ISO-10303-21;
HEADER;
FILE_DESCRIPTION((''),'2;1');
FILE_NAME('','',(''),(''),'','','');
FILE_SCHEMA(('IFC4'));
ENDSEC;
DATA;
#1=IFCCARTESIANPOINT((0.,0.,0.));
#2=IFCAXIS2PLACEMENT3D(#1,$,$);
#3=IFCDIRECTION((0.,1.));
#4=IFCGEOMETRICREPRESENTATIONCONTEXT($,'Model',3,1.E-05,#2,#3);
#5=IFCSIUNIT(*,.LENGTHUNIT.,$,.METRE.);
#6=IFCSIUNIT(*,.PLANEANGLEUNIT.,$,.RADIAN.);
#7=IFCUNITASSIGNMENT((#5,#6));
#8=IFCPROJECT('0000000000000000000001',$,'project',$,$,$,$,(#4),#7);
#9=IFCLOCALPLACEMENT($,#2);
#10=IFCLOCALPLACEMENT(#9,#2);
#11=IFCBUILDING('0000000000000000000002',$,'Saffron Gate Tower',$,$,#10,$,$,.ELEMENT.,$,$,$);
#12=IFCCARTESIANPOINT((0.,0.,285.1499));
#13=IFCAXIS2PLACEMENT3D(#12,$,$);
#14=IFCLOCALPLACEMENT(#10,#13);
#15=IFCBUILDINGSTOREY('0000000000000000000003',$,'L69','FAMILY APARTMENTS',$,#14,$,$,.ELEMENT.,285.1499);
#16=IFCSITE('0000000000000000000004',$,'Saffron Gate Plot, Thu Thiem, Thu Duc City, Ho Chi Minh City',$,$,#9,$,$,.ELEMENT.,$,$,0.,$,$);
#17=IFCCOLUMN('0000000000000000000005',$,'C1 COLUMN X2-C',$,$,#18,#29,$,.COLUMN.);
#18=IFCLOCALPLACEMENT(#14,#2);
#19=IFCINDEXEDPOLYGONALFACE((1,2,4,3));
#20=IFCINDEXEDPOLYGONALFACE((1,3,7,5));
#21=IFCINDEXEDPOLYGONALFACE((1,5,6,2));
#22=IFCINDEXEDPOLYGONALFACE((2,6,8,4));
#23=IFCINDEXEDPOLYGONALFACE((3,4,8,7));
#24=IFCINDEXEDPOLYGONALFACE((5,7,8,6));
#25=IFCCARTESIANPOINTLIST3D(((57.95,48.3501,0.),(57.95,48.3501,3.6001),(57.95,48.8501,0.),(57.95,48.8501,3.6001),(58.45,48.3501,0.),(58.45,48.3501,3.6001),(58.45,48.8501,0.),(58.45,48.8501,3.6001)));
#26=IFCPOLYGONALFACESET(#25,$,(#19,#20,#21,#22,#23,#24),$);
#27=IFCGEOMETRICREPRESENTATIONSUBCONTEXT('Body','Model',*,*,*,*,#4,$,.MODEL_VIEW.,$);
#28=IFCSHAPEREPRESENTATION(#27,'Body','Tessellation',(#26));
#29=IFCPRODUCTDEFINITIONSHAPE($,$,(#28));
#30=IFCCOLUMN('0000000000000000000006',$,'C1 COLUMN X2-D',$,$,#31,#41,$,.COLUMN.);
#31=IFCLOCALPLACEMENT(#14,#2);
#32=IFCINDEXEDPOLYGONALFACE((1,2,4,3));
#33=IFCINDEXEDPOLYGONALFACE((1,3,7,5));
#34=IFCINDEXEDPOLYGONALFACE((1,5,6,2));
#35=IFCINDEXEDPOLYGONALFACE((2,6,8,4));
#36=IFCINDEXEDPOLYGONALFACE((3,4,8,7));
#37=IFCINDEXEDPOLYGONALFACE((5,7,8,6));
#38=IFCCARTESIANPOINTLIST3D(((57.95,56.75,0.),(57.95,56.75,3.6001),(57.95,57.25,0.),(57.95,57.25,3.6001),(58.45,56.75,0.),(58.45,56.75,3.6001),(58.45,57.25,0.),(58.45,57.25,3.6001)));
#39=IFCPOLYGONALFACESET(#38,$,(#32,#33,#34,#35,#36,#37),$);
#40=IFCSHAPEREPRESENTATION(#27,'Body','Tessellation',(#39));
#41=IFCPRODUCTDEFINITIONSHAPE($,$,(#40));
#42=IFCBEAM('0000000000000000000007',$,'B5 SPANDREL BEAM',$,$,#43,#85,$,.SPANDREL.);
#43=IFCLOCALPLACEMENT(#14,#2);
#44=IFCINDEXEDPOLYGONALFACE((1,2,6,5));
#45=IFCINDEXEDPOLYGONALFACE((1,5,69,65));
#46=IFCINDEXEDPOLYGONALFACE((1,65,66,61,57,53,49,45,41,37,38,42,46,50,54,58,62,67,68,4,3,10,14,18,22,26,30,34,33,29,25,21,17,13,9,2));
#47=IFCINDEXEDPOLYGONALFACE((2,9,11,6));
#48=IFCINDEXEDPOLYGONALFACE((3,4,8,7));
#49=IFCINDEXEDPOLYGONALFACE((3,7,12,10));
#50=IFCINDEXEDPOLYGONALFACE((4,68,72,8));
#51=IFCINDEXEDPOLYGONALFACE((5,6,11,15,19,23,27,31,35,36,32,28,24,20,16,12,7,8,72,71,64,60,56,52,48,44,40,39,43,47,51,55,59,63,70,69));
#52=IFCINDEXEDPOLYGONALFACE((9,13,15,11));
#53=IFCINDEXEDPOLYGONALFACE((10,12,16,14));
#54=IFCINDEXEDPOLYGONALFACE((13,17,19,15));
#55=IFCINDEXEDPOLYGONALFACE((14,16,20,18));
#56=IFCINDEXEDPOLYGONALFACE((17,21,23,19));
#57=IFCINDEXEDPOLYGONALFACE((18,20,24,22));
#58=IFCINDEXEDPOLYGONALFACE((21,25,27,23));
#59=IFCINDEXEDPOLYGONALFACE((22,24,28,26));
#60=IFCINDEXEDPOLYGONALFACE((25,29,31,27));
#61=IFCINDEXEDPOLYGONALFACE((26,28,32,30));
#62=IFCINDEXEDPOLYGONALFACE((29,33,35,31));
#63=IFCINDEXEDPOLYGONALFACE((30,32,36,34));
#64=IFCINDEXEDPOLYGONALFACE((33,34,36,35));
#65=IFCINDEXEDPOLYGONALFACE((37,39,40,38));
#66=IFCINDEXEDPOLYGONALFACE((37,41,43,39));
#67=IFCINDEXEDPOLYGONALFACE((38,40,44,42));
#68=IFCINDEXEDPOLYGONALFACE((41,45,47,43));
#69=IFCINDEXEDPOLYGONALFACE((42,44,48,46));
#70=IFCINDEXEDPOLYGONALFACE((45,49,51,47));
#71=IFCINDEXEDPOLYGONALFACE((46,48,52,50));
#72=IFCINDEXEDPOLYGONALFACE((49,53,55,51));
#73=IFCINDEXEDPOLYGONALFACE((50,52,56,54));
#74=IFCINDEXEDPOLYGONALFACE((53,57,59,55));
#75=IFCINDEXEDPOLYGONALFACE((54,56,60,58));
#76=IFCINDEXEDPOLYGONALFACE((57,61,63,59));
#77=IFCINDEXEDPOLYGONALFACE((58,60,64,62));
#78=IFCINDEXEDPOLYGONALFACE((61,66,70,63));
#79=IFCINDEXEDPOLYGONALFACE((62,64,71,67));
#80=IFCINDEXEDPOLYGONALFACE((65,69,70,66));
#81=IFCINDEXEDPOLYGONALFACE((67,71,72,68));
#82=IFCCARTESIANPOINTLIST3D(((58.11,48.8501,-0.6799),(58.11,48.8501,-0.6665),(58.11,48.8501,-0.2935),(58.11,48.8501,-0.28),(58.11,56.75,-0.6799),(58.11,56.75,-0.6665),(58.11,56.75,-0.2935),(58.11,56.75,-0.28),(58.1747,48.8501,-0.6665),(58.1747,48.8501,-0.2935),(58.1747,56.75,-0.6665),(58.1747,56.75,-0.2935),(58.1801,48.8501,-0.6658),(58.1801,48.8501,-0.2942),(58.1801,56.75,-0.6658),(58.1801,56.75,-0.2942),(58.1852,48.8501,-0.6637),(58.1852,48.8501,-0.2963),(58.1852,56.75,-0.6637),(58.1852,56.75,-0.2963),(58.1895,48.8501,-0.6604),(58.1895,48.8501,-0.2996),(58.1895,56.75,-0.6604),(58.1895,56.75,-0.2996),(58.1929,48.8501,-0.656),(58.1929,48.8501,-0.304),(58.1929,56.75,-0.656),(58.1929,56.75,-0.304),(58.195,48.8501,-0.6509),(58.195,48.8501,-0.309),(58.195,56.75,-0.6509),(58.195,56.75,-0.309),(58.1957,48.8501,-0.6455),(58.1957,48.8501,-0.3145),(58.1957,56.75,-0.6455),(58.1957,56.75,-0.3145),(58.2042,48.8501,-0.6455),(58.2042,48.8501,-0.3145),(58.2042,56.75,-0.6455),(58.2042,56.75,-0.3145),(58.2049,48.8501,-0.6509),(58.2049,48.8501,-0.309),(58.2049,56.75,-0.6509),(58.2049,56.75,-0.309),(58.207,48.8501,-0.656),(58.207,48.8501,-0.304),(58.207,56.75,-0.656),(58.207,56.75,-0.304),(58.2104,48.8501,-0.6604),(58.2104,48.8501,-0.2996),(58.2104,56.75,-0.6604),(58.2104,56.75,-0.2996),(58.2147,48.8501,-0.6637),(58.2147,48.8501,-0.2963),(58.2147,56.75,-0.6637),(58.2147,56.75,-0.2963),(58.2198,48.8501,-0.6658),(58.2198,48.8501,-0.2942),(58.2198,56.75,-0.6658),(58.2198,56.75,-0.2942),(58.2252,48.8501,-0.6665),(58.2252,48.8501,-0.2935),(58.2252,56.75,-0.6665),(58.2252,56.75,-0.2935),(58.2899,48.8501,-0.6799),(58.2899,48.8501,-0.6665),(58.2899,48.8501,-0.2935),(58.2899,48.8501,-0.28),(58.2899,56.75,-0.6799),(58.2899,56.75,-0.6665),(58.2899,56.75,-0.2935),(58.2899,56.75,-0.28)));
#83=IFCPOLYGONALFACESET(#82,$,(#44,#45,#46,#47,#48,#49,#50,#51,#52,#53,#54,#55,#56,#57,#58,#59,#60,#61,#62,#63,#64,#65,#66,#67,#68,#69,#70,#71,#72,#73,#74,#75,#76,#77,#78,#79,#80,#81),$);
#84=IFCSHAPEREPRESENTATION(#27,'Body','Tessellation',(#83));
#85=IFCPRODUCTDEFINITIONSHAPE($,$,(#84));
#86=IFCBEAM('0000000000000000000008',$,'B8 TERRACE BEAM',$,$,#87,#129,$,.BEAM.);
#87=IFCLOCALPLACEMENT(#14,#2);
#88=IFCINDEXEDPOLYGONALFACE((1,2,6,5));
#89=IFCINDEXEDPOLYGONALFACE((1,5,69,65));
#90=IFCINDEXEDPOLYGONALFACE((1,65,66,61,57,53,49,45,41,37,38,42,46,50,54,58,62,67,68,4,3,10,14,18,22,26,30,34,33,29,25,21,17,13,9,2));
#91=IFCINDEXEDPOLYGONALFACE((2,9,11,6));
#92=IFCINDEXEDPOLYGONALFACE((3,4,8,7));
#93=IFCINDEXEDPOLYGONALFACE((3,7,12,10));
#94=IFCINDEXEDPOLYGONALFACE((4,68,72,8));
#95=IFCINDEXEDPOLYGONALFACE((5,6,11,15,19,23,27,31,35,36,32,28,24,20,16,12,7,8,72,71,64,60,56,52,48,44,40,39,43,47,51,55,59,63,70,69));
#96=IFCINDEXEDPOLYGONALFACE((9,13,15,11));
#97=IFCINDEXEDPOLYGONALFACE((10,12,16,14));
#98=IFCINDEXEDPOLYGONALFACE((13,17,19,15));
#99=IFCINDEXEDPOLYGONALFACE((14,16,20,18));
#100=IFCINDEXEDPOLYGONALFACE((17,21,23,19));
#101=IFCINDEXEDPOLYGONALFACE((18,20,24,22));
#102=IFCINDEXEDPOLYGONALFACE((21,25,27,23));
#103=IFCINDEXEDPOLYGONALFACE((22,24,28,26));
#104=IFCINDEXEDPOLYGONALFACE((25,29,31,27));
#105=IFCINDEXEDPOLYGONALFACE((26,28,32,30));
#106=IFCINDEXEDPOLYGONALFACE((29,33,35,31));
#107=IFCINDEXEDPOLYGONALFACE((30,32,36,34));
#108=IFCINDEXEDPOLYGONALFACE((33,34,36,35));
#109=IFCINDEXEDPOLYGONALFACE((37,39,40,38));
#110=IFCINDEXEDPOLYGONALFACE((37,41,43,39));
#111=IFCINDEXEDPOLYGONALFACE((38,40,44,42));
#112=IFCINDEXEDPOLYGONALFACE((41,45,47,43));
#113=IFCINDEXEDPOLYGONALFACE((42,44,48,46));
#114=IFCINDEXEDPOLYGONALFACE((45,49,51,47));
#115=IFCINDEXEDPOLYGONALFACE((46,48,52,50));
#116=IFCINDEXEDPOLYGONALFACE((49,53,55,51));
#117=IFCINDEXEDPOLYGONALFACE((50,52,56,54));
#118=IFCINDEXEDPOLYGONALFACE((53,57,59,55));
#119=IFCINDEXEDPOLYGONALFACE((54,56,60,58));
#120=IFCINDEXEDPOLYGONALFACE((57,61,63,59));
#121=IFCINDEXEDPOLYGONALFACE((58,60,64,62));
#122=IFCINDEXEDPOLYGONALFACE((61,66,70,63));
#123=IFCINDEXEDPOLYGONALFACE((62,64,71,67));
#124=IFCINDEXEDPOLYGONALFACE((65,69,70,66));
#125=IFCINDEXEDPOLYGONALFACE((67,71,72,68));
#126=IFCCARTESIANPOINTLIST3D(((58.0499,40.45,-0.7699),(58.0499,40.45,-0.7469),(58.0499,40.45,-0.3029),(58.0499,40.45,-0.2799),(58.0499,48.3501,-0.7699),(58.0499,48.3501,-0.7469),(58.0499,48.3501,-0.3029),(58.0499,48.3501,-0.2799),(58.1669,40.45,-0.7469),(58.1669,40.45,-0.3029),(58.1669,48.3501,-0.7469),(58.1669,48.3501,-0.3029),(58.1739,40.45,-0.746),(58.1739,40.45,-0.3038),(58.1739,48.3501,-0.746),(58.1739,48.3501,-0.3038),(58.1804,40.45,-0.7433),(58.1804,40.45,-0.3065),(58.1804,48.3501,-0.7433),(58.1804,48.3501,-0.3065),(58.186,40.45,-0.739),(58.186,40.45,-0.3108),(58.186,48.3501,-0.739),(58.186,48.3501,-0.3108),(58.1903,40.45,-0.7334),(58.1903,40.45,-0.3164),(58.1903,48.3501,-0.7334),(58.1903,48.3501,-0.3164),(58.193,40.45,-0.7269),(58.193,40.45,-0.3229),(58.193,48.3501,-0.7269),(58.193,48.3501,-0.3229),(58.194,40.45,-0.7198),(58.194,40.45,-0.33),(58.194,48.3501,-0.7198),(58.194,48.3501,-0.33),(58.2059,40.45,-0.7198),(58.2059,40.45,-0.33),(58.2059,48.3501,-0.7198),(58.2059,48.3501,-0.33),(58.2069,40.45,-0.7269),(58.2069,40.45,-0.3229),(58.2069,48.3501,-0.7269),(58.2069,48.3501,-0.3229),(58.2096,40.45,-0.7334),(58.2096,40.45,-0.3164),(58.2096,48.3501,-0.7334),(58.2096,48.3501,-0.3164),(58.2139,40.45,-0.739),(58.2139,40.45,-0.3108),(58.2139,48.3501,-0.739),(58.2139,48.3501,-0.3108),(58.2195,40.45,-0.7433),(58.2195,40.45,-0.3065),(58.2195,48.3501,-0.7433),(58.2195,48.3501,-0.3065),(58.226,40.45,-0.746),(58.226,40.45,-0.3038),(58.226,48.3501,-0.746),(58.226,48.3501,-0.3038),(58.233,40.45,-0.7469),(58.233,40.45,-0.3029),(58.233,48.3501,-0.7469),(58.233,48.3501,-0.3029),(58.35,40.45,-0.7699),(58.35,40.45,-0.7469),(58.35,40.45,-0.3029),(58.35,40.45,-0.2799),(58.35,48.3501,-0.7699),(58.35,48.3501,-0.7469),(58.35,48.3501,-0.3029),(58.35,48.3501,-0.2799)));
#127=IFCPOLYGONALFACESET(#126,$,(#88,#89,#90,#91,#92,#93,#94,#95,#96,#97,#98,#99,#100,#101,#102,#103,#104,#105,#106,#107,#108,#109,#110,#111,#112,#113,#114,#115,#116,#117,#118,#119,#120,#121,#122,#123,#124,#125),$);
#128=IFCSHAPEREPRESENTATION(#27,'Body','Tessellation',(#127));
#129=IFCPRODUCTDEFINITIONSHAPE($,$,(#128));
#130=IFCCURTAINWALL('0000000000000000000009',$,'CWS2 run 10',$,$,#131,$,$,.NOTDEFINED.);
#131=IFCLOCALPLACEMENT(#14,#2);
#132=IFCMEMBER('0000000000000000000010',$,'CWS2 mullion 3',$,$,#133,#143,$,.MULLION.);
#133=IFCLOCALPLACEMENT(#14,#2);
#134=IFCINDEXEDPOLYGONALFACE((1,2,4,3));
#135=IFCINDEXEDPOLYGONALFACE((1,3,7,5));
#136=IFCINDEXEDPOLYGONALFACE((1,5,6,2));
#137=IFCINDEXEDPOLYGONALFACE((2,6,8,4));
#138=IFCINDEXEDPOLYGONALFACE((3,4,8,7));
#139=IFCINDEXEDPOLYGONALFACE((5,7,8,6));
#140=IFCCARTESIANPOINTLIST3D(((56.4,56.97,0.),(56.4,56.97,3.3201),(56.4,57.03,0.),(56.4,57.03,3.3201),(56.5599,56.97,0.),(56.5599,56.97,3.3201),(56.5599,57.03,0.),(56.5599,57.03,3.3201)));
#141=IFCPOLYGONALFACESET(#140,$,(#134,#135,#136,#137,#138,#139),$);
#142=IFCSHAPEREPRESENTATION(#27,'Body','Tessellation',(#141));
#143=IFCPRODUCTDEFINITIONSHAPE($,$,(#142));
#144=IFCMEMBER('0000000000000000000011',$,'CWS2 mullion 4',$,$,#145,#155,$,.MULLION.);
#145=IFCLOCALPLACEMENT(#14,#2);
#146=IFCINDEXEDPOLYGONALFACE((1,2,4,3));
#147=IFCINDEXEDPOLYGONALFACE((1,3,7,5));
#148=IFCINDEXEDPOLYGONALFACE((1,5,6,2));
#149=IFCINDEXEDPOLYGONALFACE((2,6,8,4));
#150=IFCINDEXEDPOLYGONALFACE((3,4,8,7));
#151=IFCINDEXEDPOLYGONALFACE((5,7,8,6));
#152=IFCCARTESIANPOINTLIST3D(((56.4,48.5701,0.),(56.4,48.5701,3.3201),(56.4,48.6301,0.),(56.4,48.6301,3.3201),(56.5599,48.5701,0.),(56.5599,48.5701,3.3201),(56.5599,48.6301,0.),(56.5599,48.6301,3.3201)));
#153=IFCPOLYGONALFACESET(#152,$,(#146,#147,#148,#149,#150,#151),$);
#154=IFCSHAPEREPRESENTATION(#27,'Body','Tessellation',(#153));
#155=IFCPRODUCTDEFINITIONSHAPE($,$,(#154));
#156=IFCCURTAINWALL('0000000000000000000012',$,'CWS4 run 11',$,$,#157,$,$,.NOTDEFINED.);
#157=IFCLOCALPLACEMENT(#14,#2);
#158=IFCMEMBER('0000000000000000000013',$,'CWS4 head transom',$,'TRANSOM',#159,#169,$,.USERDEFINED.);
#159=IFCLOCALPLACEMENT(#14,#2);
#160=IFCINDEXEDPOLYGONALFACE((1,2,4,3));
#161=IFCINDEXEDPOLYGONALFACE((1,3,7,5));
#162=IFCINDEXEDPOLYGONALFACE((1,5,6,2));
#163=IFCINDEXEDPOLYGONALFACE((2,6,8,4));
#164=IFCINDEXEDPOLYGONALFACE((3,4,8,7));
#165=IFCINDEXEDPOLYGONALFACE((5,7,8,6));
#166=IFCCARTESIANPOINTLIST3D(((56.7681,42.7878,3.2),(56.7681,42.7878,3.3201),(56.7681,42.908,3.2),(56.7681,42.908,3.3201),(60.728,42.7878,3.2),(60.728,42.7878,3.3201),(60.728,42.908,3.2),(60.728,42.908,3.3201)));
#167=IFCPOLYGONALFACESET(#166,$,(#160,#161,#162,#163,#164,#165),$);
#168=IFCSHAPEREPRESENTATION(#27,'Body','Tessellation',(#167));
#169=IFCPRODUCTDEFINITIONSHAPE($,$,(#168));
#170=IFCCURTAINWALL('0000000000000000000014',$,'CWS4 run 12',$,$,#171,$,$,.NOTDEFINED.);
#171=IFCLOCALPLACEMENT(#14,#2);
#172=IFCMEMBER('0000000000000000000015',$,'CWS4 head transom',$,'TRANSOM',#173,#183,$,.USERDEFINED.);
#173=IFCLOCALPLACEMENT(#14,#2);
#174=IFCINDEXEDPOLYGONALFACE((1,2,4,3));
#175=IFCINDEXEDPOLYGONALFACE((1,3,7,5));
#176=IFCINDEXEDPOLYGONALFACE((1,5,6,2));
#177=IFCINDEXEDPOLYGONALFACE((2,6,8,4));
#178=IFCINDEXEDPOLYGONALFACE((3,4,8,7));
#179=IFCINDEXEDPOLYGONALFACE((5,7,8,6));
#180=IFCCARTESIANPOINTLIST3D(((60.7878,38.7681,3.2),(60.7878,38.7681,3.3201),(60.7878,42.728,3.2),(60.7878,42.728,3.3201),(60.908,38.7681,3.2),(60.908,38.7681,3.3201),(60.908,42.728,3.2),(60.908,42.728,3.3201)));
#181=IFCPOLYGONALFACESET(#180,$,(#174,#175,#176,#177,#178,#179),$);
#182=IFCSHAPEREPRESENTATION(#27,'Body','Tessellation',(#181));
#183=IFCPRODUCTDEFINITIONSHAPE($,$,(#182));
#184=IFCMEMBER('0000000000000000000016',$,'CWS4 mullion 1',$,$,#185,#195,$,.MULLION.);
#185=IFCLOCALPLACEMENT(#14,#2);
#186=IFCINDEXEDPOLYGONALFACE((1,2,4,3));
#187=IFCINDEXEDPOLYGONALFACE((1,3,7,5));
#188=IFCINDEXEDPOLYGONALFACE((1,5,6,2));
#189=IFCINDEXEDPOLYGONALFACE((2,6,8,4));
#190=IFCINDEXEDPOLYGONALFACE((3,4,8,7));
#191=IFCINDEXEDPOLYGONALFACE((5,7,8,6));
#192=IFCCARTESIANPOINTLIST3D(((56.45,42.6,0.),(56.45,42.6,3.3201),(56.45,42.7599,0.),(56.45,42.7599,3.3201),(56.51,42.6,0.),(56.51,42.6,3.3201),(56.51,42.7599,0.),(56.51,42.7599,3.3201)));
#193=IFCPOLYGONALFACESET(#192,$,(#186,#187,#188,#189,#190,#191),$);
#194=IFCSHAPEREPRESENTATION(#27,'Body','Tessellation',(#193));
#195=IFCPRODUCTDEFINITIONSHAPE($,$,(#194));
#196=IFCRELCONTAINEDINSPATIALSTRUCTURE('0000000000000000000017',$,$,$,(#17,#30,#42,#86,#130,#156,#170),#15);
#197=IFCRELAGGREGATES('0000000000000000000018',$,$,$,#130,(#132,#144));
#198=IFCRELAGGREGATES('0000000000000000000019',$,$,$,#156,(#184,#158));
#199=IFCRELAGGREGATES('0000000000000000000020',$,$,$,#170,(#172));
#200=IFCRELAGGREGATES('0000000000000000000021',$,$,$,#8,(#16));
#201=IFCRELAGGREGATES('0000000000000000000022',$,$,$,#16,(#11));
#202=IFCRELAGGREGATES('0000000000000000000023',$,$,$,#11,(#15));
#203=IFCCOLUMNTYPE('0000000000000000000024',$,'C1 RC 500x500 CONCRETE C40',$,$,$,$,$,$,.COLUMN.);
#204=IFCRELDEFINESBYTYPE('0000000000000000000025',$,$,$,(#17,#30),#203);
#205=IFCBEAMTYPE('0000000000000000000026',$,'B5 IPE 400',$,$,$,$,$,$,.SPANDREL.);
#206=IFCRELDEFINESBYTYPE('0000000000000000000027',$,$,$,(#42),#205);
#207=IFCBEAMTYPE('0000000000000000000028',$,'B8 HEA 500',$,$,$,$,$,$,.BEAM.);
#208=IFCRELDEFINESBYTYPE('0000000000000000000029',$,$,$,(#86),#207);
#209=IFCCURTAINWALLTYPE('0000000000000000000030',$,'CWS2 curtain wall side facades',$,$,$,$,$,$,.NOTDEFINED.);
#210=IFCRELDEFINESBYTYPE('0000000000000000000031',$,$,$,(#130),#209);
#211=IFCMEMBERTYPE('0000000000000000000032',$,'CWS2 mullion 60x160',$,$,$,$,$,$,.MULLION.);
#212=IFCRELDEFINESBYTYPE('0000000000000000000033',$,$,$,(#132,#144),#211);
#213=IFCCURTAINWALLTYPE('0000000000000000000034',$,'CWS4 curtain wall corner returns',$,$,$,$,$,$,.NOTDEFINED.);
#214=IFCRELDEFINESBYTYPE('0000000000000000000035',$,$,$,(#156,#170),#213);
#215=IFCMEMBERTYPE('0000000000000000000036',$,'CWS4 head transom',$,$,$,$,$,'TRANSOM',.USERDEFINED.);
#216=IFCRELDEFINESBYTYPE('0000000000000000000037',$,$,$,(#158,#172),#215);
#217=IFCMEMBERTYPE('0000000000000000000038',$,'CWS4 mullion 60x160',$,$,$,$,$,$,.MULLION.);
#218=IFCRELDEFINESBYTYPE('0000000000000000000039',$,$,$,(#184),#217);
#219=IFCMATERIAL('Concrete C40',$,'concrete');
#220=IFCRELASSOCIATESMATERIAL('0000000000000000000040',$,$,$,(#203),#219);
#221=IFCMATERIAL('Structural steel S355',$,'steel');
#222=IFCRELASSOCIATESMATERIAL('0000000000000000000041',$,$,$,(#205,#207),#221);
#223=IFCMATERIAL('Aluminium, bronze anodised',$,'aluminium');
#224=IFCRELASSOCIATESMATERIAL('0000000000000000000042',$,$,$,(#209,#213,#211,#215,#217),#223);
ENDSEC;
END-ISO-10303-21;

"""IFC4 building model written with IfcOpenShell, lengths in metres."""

from ifc_helpers import new_model, si_unit, direction, frame, origin, origin_2d, place, context, subcontext, project, spatial, rectangle, i_section, extrude, material, material_profile, profile_set, type_object, element, aggregate, save


model = new_model("IFC4")

# Units and contexts
model_context = context("Model", 3, precision=1e-05, world=origin(), true_north=direction((0.0, 1.0)))
body_context = subcontext(model_context, "Body", "Model", "MODEL_VIEW")
ifc_project = project(units=[si_unit("LENGTHUNIT", "METRE"), si_unit("PLANEANGLEUNIT", "RADIAN")], contexts=[model_context])

# Site, building, storey
site_placement = place(None, origin())
site = spatial("IfcSite", under=ifc_project, at=site_placement, Name="Saffron Gate Plot, Thu Thiem, Thu Duc City, Ho Chi Minh City", CompositionType="ELEMENT", RefElevation=0.0)
building_placement = place(site_placement, origin())
building = spatial("IfcBuilding", under=site, at=building_placement, Name="Saffron Gate Tower", CompositionType="ELEMENT")
storey_placement = place(building_placement, frame((0.0, 0.0, 285.1499)))
storey = spatial("IfcBuildingStorey", under=building, at=storey_placement, Name="L69", Description="FAMILY APARTMENTS", CompositionType="ELEMENT", Elevation=285.1499)

# Columns
ifc_material_1 = material(Name="Concrete C40", Category="concrete")
ifc_material_profile_1 = material_profile(ifc_material_1, rectangle(XDim=0.5, YDim=0.5, at=origin_2d()))
ifc_profile_set_1 = profile_set([ifc_material_profile_1], Name="Concrete C40")
column_type = type_object("IfcColumnType", Name="C1 RC 500x500 CONCRETE C40", PredefinedType="COLUMN", material=ifc_profile_set_1)
for number, where, z_axis, x_axis, name in (
    (1, (58.2, 48.6001, 0.0), (0.0, 0.0, 1.0), (1.0, 0.0, 0.0), "C1 COLUMN X2-C"),
    (2, (58.2, 57.0, 0.0), (0.0, 0.0, 1.0), (1.0, 0.0, 0.0), "C1 COLUMN X2-D"),
):
    element("IfcColumn", number, at=place(storey_placement, frame(where, z_axis=z_axis, x_axis=x_axis)), inside=storey, type_object=column_type, Name=name, PredefinedType="COLUMN", context=body_context, shape_type="SweptSolid", body=[
        extrude(rectangle(XDim=0.5, YDim=0.5, at=origin_2d()), origin(), (0.0, 0.0, 1.0), 3.6001),
    ])

# Beams
ifc_material_2 = material(Name="Structural steel S355", Category="steel")
ifc_material_profile_2 = material_profile(ifc_material_2, i_section(OverallWidth=0.1799, OverallDepth=0.3999, WebThickness=0.0085, FlangeThickness=0.0134, FilletRadius=0.021, at=origin_2d()))
ifc_profile_set_2 = profile_set([ifc_material_profile_2], Name="Structural steel S355")
beam_type_1 = type_object("IfcBeamType", Name="B5 IPE 400", PredefinedType="SPANDREL", material=ifc_profile_set_2)
beam_1_placement = place(storey_placement, frame((58.2, 48.8501, -0.48), z_axis=(0.0, 1.0, 0.0), x_axis=(-1.0, 0.0, 0.0)))
element("IfcBeam", 3, at=beam_1_placement, inside=storey, type_object=beam_type_1, Name="B5 SPANDREL BEAM", PredefinedType="SPANDREL", context=body_context, shape_type="SweptSolid", body=[
    extrude(i_section(OverallWidth=0.1799, OverallDepth=0.3999, WebThickness=0.0085, FlangeThickness=0.0134, FilletRadius=0.021, at=origin_2d()), origin(), (0.0, 0.0, 1.0), 7.8999),
])
ifc_material_profile_3 = material_profile(ifc_material_2, i_section(OverallWidth=0.3, OverallDepth=0.49, WebThickness=0.012, FlangeThickness=0.0229, FilletRadius=0.0271, at=origin_2d()))
ifc_profile_set_3 = profile_set([ifc_material_profile_3], Name="Structural steel S355")
beam_type_2 = type_object("IfcBeamType", Name="B8 HEA 500", PredefinedType="BEAM", material=ifc_profile_set_3)
beam_2_placement = place(storey_placement, frame((58.2, 40.45, -0.5249), z_axis=(0.0, 1.0, 0.0), x_axis=(-1.0, 0.0, 0.0)))
element("IfcBeam", 4, at=beam_2_placement, inside=storey, type_object=beam_type_2, Name="B8 TERRACE BEAM", PredefinedType="BEAM", context=body_context, shape_type="SweptSolid", body=[
    extrude(i_section(OverallWidth=0.3, OverallDepth=0.49, WebThickness=0.012, FlangeThickness=0.0229, FilletRadius=0.0271, at=origin_2d()), origin(), (0.0, 0.0, 1.0), 7.9001),
])

# Curtain wall, members
ifc_material_3 = material(Name="Aluminium, bronze anodised", Category="aluminium")
curtain_wall_type_1 = type_object("IfcCurtainWallType", Name="CWS2 curtain wall side facades", PredefinedType="NOTDEFINED", material=ifc_material_3)
curtain_wall_1_placement = place(storey_placement, origin())
curtain_wall_1 = element("IfcCurtainWall", 5, at=curtain_wall_1_placement, inside=storey, type_object=curtain_wall_type_1, Name="CWS2 run 10", PredefinedType="NOTDEFINED")
ifc_material_profile_4 = material_profile(ifc_material_3, rectangle(XDim=0.1599, YDim=0.0601, at=origin_2d()))
ifc_profile_set_4 = profile_set([ifc_material_profile_4], Name="Aluminium, bronze anodised")
member_type_1 = type_object("IfcMemberType", Name="CWS2 mullion 60x160", PredefinedType="MULLION", material=ifc_profile_set_4)
member_1_placement = place(storey_placement, frame((56.48, 57.0, 0.0), z_axis=(0.0, 0.0, 1.0), x_axis=(1.0, 0.0, 0.0)))
member_1 = element("IfcMember", 6, at=member_1_placement, type_object=member_type_1, Name="CWS2 mullion 3", PredefinedType="MULLION", context=body_context, shape_type="SweptSolid", body=[
    extrude(rectangle(XDim=0.1599, YDim=0.0601, at=origin_2d()), origin(), (0.0, 0.0, 1.0), 3.3201),
])
member_2_placement = place(storey_placement, frame((56.48, 48.6001, 0.0), z_axis=(0.0, 0.0, 1.0), x_axis=(1.0, 0.0, 0.0)))
member_2 = element("IfcMember", 7, at=member_2_placement, type_object=member_type_1, Name="CWS2 mullion 4", PredefinedType="MULLION", context=body_context, shape_type="SweptSolid", body=[
    extrude(rectangle(XDim=0.1599, YDim=0.0601, at=origin_2d()), origin(), (0.0, 0.0, 1.0), 3.3201),
])
aggregate(curtain_wall_1, [member_1, member_2])

# Curtain walls, members
curtain_wall_type_2 = type_object("IfcCurtainWallType", Name="CWS4 curtain wall corner returns", PredefinedType="NOTDEFINED", material=ifc_material_3)
curtain_wall_2_placement = place(storey_placement, origin())
curtain_wall_2 = element("IfcCurtainWall", 8, at=curtain_wall_2_placement, inside=storey, type_object=curtain_wall_type_2, Name="CWS4 run 11", PredefinedType="NOTDEFINED")
ifc_material_profile_5 = material_profile(ifc_material_3, rectangle(XDim=0.1201, YDim=0.1201, at=origin_2d()))
ifc_profile_set_5 = profile_set([ifc_material_profile_5], Name="Aluminium, bronze anodised")
member_type_2 = type_object("IfcMemberType", Name="CWS4 head transom", ElementType="TRANSOM", PredefinedType="USERDEFINED", material=ifc_profile_set_5)
member_3_placement = place(storey_placement, frame((56.7681, 42.8479, 3.26), z_axis=(1.0, 0.0, 0.0), x_axis=(0.0, 1.0, 0.0)))
member_3 = element("IfcMember", 9, at=member_3_placement, type_object=member_type_2, Name="CWS4 head transom", ObjectType="TRANSOM", PredefinedType="USERDEFINED", context=body_context, shape_type="SweptSolid", body=[
    extrude(rectangle(XDim=0.1201, YDim=0.1201, at=origin_2d()), origin(), (0.0, 0.0, 1.0), 3.96),
])
curtain_wall_3_placement = place(storey_placement, origin())
curtain_wall_3 = element("IfcCurtainWall", 10, at=curtain_wall_3_placement, inside=storey, type_object=curtain_wall_type_2, Name="CWS4 run 12", PredefinedType="NOTDEFINED")
member_4_placement = place(storey_placement, frame((60.8479, 42.728, 3.26), z_axis=(0.0, -1.0, 0.0), x_axis=(1.0, 0.0, 0.0)))
member_4 = element("IfcMember", 11, at=member_4_placement, type_object=member_type_2, Name="CWS4 head transom", ObjectType="TRANSOM", PredefinedType="USERDEFINED", context=body_context, shape_type="SweptSolid", body=[
    extrude(rectangle(XDim=0.1201, YDim=0.1201, at=origin_2d()), origin(), (0.0, 0.0, 1.0), 3.96),
])

# Member
ifc_material_profile_6 = material_profile(ifc_material_3, rectangle(XDim=0.1599, YDim=0.0601, at=origin_2d()))
ifc_profile_set_6 = profile_set([ifc_material_profile_6], Name="Aluminium, bronze anodised")
member_type_3 = type_object("IfcMemberType", Name="CWS4 mullion 60x160", PredefinedType="MULLION", material=ifc_profile_set_6)
member_5_placement = place(storey_placement, frame((56.48, 42.6799, 0.0), z_axis=(0.0, 0.0, 1.0), x_axis=(0.0, 1.0, 0.0)))
member_5 = element("IfcMember", 12, at=member_5_placement, type_object=member_type_3, Name="CWS4 mullion 1", PredefinedType="MULLION", context=body_context, shape_type="SweptSolid", body=[
    extrude(rectangle(XDim=0.1599, YDim=0.0601, at=origin_2d()), origin(), (0.0, 0.0, 1.0), 3.3201),
])

aggregate(curtain_wall_2, [member_5, member_3])
aggregate(curtain_wall_3, [member_4])

save(model, "model.ifc")
